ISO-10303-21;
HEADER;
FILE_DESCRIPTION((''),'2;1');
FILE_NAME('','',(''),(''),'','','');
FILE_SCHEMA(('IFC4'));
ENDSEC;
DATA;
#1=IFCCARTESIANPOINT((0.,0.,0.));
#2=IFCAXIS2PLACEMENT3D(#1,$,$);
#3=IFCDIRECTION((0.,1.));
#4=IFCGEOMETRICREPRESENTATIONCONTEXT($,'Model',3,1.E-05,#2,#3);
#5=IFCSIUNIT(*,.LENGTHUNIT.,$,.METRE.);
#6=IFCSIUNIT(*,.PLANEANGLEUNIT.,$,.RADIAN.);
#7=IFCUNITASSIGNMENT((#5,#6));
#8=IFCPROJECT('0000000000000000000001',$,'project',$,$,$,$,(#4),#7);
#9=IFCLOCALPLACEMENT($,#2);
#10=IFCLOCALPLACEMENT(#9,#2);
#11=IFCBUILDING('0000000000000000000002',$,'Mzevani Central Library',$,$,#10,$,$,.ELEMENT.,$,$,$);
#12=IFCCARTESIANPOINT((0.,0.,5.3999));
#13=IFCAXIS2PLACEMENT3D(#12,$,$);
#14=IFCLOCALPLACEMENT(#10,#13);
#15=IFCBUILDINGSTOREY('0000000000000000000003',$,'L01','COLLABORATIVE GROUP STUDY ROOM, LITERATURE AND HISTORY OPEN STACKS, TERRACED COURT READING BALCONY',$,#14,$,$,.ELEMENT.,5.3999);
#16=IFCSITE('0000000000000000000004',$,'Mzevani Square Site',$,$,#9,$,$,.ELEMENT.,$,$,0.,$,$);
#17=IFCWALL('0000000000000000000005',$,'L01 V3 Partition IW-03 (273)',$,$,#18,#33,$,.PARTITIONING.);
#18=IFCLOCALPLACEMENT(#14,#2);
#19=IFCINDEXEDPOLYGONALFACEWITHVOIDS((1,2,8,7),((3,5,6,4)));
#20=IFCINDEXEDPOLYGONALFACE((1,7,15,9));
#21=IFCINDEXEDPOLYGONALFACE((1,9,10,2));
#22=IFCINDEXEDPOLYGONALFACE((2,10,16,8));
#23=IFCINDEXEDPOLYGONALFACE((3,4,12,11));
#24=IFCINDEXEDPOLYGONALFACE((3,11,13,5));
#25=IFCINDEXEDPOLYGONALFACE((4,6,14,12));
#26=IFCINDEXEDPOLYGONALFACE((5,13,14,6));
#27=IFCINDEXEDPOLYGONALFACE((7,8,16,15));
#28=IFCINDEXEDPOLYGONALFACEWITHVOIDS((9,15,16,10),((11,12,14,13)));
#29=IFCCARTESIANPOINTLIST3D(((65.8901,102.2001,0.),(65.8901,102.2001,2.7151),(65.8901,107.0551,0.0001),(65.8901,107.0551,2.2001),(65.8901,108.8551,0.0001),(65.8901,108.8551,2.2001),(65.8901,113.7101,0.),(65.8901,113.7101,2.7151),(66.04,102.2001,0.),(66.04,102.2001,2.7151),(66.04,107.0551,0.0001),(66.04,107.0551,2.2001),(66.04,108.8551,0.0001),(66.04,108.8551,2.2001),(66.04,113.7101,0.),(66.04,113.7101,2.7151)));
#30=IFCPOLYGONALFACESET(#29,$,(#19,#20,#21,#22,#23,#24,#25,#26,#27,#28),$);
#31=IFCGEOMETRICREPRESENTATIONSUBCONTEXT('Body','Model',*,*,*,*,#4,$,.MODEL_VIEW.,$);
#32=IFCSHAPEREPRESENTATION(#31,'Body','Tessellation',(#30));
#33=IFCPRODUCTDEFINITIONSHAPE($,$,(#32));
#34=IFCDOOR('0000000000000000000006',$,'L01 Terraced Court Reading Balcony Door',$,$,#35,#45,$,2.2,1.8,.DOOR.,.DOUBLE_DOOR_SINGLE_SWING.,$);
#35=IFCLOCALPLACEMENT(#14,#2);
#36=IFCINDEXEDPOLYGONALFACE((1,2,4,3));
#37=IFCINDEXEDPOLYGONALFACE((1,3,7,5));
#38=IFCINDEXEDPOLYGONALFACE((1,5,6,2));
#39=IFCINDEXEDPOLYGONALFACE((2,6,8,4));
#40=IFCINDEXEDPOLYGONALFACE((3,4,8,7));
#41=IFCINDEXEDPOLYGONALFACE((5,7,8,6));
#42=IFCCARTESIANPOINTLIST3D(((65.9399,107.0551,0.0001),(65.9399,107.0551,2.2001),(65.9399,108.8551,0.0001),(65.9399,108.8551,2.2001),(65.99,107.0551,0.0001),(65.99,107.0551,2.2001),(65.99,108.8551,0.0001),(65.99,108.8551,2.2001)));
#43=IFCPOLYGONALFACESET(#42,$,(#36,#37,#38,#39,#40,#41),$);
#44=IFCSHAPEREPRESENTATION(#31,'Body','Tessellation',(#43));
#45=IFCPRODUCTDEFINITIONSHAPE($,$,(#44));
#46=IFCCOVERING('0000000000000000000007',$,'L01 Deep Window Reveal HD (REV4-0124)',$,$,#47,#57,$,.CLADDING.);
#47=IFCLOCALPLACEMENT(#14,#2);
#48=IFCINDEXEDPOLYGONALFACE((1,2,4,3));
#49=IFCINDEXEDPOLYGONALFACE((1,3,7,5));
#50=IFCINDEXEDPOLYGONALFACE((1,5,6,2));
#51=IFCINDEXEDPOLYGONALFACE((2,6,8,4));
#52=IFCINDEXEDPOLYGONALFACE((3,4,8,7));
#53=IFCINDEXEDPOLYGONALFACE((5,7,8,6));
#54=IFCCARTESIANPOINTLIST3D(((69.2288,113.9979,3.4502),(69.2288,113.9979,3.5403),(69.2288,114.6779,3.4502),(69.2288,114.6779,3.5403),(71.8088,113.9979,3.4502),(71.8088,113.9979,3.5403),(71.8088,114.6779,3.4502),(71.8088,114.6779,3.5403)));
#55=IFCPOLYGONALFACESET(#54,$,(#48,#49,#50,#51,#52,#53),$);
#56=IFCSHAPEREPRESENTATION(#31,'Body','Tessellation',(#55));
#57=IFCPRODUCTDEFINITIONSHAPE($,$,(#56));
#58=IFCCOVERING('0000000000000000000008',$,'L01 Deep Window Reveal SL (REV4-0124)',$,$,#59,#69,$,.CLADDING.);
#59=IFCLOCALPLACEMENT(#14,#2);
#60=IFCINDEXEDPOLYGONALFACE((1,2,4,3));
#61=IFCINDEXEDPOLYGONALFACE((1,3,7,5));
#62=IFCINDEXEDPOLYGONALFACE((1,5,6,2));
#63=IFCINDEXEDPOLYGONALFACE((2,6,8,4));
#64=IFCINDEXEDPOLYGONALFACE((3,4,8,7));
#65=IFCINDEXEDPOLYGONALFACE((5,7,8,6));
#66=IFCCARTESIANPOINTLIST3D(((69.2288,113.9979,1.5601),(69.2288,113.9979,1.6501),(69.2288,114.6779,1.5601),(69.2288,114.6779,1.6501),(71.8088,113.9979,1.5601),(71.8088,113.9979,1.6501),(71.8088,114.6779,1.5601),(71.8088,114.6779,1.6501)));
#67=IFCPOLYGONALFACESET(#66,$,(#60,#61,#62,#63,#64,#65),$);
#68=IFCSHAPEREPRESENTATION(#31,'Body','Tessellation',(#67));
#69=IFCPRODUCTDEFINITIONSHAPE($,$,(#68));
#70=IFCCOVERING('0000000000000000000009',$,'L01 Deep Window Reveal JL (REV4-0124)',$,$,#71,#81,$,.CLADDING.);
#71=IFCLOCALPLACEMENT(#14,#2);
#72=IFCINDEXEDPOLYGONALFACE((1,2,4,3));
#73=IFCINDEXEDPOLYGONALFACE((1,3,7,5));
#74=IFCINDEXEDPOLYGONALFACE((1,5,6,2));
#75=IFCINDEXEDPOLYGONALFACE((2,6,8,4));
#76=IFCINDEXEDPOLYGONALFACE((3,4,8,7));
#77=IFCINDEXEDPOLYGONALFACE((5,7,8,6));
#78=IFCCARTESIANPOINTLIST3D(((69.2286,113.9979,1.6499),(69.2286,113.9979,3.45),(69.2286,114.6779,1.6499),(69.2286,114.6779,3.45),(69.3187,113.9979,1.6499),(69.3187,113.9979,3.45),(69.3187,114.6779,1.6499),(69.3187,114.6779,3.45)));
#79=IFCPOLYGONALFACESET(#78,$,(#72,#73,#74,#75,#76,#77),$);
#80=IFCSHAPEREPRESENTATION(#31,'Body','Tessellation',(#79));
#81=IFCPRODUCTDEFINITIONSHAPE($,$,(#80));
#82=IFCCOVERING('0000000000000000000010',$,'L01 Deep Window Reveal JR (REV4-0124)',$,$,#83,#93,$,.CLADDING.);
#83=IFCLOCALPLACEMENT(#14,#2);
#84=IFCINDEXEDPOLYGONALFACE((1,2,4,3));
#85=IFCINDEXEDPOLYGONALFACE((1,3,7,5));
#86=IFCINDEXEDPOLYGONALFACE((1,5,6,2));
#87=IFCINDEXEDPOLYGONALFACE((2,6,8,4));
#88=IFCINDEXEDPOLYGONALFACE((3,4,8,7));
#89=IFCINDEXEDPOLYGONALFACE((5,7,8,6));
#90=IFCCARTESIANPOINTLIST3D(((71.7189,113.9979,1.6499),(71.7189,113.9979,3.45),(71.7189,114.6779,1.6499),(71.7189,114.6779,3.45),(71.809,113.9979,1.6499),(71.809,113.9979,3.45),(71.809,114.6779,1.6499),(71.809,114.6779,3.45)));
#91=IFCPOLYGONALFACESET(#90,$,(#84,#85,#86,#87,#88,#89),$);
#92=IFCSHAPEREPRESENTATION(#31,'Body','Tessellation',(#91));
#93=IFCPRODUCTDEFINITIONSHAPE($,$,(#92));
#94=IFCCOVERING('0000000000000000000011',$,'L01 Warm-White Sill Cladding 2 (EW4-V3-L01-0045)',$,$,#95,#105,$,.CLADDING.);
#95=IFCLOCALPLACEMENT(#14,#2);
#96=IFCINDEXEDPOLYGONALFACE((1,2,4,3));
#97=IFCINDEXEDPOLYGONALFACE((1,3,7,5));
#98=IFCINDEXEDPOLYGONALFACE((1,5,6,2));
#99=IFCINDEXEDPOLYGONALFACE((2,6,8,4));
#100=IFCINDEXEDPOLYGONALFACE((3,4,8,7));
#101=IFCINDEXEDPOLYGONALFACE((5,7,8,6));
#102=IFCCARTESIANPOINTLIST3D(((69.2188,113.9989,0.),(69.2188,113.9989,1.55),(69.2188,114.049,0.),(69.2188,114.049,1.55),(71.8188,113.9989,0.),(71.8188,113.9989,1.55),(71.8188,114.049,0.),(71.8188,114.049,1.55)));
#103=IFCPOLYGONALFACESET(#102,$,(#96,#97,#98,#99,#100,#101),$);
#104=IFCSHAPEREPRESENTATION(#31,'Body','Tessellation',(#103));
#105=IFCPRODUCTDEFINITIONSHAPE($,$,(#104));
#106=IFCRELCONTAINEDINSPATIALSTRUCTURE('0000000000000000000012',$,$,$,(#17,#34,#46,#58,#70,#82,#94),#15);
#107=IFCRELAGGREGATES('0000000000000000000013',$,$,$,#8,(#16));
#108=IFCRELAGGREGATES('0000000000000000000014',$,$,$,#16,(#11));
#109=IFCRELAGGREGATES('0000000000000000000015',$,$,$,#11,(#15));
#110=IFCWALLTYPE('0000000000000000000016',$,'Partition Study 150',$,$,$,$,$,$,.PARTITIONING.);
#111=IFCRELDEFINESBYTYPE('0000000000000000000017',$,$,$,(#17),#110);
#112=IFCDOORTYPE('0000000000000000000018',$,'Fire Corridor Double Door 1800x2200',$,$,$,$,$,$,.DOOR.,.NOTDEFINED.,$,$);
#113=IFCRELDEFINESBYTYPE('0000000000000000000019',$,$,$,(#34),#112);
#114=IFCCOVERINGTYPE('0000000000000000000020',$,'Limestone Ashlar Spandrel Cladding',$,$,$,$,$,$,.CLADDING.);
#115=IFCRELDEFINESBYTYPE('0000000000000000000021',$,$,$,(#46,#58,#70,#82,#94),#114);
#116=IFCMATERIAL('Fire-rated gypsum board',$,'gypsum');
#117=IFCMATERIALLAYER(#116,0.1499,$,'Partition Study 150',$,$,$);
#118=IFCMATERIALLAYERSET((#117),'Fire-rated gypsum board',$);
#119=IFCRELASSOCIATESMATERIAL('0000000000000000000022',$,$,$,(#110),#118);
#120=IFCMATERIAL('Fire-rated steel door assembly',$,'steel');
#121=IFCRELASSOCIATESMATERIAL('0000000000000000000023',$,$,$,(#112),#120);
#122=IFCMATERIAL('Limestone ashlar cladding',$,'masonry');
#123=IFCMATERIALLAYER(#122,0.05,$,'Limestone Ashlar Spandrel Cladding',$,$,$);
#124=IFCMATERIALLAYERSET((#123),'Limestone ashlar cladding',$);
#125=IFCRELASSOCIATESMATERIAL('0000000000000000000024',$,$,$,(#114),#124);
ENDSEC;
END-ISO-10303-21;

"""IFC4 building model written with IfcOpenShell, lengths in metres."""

from ifc_helpers import new_model, si_unit, direction, frame, frame_2d, origin, origin_2d, place, context, subcontext, project, spatial, rectangle, extrude, material, layer, layer_set, type_object, element, fill, save


model = new_model("IFC4")

# Units and contexts
model_context = context("Model", 3, precision=1e-05, world=origin(), true_north=direction((0.0, 1.0)))
body_context = subcontext(model_context, "Body", "Model", "MODEL_VIEW")
ifc_project = project(units=[si_unit("LENGTHUNIT", "METRE"), si_unit("PLANEANGLEUNIT", "RADIAN")], contexts=[model_context])

# Site, building, storey
site_placement = place(None, origin())
site = spatial("IfcSite", under=ifc_project, at=site_placement, Name="Mzevani Square Site", CompositionType="ELEMENT", RefElevation=0.0)
building_placement = place(site_placement, origin())
building = spatial("IfcBuilding", under=site, at=building_placement, Name="Mzevani Central Library", CompositionType="ELEMENT")
storey_placement = place(building_placement, frame((0.0, 0.0, 5.3999)))
storey = spatial("IfcBuildingStorey", under=building, at=storey_placement, Name="L01", Description="COLLABORATIVE GROUP STUDY ROOM, LITERATURE AND HISTORY OPEN STACKS, TERRACED COURT READING BALCONY", CompositionType="ELEMENT", Elevation=5.3999)

# Shared definitions
ifc_material_1 = material(Name="Fire-rated gypsum board", Category="gypsum")

# Wall, opening, door
ifc_layer_1 = layer(ifc_material_1, 0.1499, Name="Partition Study 150")
ifc_layer_set_1 = layer_set([ifc_layer_1], Name="Fire-rated gypsum board")
wall_type_1 = type_object("IfcWallType", Name="Partition Study 150", PredefinedType="PARTITIONING", material=ifc_layer_set_1)
wall_1_placement = place(storey_placement, frame((65.9651, 113.71, 0.0), z_axis=(0.0, 0.0, 1.0), x_axis=(0.0, -1.0, 0.0)))
wall_1 = element("IfcWall", 1, at=wall_1_placement, inside=storey, type_object=wall_type_1, Name="L01 V3 Partition IW-03 (273)", PredefinedType="PARTITIONING", context=body_context, shape_type="SweptSolid", body=[
    extrude(rectangle(XDim=11.51, YDim=0.1499, at=frame_2d((5.7549, 0.0))), origin(), (0.0, 0.0, 1.0), 2.7151),
])
opening_placement = place(wall_1_placement, frame((4.855, 0.0, 0.0)))
opening = element("IfcOpeningElement", 2, at=opening_placement, cuts=wall_1, PredefinedType="OPENING", context=body_context, shape_type="SweptSolid", body=[
    extrude(rectangle(XDim=1.8, YDim=2.2, at=frame_2d((0.8999, 1.1001))), frame((0.0, 0.085, 0.0), z_axis=(0.0, -1.0, 0.0), x_axis=(1.0, 0.0, 0.0)), (0.0, 0.0, 1.0), 0.1699),
])
ifc_material_2 = material(Name="Fire-rated steel door assembly", Category="steel")
door_type = type_object("IfcDoorType", Name="Fire Corridor Double Door 1800x2200", OperationType="NOTDEFINED", PredefinedType="DOOR", material=ifc_material_2)
door_placement = place(opening_placement, origin())
door = element("IfcDoor", 3, at=door_placement, inside=storey, type_object=door_type, Name="L01 Terraced Court Reading Balcony Door", OperationType="DOUBLE_DOOR_SINGLE_SWING", OverallHeight=2.2, OverallWidth=1.8, PredefinedType="DOOR", context=body_context, shape_type="SweptSolid", body=[
    extrude(rectangle(XDim=1.8, YDim=2.2, at=frame_2d((0.8999, 1.1001))), frame((0.0, 0.0249, 0.0), z_axis=(0.0, -1.0, 0.0), x_axis=(1.0, 0.0, 0.0)), (0.0, 0.0, 1.0), 0.05),
])
fill(opening, door)

# Coverings
ifc_material_3 = material(Name="Limestone ashlar cladding", Category="masonry")
ifc_layer_2 = layer(ifc_material_3, 0.05, Name="Limestone Ashlar Spandrel Cladding")
ifc_layer_set_2 = layer_set([ifc_layer_2], Name="Limestone ashlar cladding")
covering_type = type_object("IfcCoveringType", Name="Limestone Ashlar Spandrel Cladding", PredefinedType="CLADDING", material=ifc_layer_set_2)
for number, where, z_axis, x_axis, name in (
    (4, (70.5188, 114.3379, 3.4502), (0.0, 0.0, 1.0), (1.0, 0.0, 0.0), "L01 Deep Window Reveal HD (REV4-0124)"),
    (5, (70.5188, 114.3379, 1.5601), (0.0, 0.0, 1.0), (1.0, 0.0, 0.0), "L01 Deep Window Reveal SL (REV4-0124)"),
):
    element("IfcCovering", number, at=place(storey_placement, frame(where, z_axis=z_axis, x_axis=x_axis)), inside=storey, type_object=covering_type, Name=name, PredefinedType="CLADDING", context=body_context, shape_type="SweptSolid", body=[
        extrude(rectangle(XDim=2.5801, YDim=0.6799, at=origin_2d()), origin(), (0.0, 0.0, 1.0), 0.0901),
    ])
for number, where, z_axis, x_axis, name in (
    (6, (69.2737, 114.3379, 1.6499), (0.0, 0.0, 1.0), (1.0, 0.0, 0.0), "L01 Deep Window Reveal JL (REV4-0124)"),
    (7, (71.7639, 114.3379, 1.6499), (0.0, 0.0, 1.0), (1.0, 0.0, 0.0), "L01 Deep Window Reveal JR (REV4-0124)"),
):
    element("IfcCovering", number, at=place(storey_placement, frame(where, z_axis=z_axis, x_axis=x_axis)), inside=storey, type_object=covering_type, Name=name, PredefinedType="CLADDING", context=body_context, shape_type="SweptSolid", body=[
        extrude(rectangle(XDim=0.0901, YDim=0.6799, at=origin_2d()), origin(), (0.0, 0.0, 1.0), 1.8),
    ])
covering_placement = place(storey_placement, frame((70.5188, 114.0239, 0.0), z_axis=(0.0, 0.0, 1.0), x_axis=(1.0, 0.0, 0.0)))
element("IfcCovering", 8, at=covering_placement, inside=storey, type_object=covering_type, Name="L01 Warm-White Sill Cladding 2 (EW4-V3-L01-0045)", PredefinedType="CLADDING", context=body_context, shape_type="SweptSolid", body=[
    extrude(rectangle(XDim=2.6001, YDim=0.05, at=origin_2d()), origin(), (0.0, 0.0, 1.0), 1.55),
])

save(model, "model.ifc")
